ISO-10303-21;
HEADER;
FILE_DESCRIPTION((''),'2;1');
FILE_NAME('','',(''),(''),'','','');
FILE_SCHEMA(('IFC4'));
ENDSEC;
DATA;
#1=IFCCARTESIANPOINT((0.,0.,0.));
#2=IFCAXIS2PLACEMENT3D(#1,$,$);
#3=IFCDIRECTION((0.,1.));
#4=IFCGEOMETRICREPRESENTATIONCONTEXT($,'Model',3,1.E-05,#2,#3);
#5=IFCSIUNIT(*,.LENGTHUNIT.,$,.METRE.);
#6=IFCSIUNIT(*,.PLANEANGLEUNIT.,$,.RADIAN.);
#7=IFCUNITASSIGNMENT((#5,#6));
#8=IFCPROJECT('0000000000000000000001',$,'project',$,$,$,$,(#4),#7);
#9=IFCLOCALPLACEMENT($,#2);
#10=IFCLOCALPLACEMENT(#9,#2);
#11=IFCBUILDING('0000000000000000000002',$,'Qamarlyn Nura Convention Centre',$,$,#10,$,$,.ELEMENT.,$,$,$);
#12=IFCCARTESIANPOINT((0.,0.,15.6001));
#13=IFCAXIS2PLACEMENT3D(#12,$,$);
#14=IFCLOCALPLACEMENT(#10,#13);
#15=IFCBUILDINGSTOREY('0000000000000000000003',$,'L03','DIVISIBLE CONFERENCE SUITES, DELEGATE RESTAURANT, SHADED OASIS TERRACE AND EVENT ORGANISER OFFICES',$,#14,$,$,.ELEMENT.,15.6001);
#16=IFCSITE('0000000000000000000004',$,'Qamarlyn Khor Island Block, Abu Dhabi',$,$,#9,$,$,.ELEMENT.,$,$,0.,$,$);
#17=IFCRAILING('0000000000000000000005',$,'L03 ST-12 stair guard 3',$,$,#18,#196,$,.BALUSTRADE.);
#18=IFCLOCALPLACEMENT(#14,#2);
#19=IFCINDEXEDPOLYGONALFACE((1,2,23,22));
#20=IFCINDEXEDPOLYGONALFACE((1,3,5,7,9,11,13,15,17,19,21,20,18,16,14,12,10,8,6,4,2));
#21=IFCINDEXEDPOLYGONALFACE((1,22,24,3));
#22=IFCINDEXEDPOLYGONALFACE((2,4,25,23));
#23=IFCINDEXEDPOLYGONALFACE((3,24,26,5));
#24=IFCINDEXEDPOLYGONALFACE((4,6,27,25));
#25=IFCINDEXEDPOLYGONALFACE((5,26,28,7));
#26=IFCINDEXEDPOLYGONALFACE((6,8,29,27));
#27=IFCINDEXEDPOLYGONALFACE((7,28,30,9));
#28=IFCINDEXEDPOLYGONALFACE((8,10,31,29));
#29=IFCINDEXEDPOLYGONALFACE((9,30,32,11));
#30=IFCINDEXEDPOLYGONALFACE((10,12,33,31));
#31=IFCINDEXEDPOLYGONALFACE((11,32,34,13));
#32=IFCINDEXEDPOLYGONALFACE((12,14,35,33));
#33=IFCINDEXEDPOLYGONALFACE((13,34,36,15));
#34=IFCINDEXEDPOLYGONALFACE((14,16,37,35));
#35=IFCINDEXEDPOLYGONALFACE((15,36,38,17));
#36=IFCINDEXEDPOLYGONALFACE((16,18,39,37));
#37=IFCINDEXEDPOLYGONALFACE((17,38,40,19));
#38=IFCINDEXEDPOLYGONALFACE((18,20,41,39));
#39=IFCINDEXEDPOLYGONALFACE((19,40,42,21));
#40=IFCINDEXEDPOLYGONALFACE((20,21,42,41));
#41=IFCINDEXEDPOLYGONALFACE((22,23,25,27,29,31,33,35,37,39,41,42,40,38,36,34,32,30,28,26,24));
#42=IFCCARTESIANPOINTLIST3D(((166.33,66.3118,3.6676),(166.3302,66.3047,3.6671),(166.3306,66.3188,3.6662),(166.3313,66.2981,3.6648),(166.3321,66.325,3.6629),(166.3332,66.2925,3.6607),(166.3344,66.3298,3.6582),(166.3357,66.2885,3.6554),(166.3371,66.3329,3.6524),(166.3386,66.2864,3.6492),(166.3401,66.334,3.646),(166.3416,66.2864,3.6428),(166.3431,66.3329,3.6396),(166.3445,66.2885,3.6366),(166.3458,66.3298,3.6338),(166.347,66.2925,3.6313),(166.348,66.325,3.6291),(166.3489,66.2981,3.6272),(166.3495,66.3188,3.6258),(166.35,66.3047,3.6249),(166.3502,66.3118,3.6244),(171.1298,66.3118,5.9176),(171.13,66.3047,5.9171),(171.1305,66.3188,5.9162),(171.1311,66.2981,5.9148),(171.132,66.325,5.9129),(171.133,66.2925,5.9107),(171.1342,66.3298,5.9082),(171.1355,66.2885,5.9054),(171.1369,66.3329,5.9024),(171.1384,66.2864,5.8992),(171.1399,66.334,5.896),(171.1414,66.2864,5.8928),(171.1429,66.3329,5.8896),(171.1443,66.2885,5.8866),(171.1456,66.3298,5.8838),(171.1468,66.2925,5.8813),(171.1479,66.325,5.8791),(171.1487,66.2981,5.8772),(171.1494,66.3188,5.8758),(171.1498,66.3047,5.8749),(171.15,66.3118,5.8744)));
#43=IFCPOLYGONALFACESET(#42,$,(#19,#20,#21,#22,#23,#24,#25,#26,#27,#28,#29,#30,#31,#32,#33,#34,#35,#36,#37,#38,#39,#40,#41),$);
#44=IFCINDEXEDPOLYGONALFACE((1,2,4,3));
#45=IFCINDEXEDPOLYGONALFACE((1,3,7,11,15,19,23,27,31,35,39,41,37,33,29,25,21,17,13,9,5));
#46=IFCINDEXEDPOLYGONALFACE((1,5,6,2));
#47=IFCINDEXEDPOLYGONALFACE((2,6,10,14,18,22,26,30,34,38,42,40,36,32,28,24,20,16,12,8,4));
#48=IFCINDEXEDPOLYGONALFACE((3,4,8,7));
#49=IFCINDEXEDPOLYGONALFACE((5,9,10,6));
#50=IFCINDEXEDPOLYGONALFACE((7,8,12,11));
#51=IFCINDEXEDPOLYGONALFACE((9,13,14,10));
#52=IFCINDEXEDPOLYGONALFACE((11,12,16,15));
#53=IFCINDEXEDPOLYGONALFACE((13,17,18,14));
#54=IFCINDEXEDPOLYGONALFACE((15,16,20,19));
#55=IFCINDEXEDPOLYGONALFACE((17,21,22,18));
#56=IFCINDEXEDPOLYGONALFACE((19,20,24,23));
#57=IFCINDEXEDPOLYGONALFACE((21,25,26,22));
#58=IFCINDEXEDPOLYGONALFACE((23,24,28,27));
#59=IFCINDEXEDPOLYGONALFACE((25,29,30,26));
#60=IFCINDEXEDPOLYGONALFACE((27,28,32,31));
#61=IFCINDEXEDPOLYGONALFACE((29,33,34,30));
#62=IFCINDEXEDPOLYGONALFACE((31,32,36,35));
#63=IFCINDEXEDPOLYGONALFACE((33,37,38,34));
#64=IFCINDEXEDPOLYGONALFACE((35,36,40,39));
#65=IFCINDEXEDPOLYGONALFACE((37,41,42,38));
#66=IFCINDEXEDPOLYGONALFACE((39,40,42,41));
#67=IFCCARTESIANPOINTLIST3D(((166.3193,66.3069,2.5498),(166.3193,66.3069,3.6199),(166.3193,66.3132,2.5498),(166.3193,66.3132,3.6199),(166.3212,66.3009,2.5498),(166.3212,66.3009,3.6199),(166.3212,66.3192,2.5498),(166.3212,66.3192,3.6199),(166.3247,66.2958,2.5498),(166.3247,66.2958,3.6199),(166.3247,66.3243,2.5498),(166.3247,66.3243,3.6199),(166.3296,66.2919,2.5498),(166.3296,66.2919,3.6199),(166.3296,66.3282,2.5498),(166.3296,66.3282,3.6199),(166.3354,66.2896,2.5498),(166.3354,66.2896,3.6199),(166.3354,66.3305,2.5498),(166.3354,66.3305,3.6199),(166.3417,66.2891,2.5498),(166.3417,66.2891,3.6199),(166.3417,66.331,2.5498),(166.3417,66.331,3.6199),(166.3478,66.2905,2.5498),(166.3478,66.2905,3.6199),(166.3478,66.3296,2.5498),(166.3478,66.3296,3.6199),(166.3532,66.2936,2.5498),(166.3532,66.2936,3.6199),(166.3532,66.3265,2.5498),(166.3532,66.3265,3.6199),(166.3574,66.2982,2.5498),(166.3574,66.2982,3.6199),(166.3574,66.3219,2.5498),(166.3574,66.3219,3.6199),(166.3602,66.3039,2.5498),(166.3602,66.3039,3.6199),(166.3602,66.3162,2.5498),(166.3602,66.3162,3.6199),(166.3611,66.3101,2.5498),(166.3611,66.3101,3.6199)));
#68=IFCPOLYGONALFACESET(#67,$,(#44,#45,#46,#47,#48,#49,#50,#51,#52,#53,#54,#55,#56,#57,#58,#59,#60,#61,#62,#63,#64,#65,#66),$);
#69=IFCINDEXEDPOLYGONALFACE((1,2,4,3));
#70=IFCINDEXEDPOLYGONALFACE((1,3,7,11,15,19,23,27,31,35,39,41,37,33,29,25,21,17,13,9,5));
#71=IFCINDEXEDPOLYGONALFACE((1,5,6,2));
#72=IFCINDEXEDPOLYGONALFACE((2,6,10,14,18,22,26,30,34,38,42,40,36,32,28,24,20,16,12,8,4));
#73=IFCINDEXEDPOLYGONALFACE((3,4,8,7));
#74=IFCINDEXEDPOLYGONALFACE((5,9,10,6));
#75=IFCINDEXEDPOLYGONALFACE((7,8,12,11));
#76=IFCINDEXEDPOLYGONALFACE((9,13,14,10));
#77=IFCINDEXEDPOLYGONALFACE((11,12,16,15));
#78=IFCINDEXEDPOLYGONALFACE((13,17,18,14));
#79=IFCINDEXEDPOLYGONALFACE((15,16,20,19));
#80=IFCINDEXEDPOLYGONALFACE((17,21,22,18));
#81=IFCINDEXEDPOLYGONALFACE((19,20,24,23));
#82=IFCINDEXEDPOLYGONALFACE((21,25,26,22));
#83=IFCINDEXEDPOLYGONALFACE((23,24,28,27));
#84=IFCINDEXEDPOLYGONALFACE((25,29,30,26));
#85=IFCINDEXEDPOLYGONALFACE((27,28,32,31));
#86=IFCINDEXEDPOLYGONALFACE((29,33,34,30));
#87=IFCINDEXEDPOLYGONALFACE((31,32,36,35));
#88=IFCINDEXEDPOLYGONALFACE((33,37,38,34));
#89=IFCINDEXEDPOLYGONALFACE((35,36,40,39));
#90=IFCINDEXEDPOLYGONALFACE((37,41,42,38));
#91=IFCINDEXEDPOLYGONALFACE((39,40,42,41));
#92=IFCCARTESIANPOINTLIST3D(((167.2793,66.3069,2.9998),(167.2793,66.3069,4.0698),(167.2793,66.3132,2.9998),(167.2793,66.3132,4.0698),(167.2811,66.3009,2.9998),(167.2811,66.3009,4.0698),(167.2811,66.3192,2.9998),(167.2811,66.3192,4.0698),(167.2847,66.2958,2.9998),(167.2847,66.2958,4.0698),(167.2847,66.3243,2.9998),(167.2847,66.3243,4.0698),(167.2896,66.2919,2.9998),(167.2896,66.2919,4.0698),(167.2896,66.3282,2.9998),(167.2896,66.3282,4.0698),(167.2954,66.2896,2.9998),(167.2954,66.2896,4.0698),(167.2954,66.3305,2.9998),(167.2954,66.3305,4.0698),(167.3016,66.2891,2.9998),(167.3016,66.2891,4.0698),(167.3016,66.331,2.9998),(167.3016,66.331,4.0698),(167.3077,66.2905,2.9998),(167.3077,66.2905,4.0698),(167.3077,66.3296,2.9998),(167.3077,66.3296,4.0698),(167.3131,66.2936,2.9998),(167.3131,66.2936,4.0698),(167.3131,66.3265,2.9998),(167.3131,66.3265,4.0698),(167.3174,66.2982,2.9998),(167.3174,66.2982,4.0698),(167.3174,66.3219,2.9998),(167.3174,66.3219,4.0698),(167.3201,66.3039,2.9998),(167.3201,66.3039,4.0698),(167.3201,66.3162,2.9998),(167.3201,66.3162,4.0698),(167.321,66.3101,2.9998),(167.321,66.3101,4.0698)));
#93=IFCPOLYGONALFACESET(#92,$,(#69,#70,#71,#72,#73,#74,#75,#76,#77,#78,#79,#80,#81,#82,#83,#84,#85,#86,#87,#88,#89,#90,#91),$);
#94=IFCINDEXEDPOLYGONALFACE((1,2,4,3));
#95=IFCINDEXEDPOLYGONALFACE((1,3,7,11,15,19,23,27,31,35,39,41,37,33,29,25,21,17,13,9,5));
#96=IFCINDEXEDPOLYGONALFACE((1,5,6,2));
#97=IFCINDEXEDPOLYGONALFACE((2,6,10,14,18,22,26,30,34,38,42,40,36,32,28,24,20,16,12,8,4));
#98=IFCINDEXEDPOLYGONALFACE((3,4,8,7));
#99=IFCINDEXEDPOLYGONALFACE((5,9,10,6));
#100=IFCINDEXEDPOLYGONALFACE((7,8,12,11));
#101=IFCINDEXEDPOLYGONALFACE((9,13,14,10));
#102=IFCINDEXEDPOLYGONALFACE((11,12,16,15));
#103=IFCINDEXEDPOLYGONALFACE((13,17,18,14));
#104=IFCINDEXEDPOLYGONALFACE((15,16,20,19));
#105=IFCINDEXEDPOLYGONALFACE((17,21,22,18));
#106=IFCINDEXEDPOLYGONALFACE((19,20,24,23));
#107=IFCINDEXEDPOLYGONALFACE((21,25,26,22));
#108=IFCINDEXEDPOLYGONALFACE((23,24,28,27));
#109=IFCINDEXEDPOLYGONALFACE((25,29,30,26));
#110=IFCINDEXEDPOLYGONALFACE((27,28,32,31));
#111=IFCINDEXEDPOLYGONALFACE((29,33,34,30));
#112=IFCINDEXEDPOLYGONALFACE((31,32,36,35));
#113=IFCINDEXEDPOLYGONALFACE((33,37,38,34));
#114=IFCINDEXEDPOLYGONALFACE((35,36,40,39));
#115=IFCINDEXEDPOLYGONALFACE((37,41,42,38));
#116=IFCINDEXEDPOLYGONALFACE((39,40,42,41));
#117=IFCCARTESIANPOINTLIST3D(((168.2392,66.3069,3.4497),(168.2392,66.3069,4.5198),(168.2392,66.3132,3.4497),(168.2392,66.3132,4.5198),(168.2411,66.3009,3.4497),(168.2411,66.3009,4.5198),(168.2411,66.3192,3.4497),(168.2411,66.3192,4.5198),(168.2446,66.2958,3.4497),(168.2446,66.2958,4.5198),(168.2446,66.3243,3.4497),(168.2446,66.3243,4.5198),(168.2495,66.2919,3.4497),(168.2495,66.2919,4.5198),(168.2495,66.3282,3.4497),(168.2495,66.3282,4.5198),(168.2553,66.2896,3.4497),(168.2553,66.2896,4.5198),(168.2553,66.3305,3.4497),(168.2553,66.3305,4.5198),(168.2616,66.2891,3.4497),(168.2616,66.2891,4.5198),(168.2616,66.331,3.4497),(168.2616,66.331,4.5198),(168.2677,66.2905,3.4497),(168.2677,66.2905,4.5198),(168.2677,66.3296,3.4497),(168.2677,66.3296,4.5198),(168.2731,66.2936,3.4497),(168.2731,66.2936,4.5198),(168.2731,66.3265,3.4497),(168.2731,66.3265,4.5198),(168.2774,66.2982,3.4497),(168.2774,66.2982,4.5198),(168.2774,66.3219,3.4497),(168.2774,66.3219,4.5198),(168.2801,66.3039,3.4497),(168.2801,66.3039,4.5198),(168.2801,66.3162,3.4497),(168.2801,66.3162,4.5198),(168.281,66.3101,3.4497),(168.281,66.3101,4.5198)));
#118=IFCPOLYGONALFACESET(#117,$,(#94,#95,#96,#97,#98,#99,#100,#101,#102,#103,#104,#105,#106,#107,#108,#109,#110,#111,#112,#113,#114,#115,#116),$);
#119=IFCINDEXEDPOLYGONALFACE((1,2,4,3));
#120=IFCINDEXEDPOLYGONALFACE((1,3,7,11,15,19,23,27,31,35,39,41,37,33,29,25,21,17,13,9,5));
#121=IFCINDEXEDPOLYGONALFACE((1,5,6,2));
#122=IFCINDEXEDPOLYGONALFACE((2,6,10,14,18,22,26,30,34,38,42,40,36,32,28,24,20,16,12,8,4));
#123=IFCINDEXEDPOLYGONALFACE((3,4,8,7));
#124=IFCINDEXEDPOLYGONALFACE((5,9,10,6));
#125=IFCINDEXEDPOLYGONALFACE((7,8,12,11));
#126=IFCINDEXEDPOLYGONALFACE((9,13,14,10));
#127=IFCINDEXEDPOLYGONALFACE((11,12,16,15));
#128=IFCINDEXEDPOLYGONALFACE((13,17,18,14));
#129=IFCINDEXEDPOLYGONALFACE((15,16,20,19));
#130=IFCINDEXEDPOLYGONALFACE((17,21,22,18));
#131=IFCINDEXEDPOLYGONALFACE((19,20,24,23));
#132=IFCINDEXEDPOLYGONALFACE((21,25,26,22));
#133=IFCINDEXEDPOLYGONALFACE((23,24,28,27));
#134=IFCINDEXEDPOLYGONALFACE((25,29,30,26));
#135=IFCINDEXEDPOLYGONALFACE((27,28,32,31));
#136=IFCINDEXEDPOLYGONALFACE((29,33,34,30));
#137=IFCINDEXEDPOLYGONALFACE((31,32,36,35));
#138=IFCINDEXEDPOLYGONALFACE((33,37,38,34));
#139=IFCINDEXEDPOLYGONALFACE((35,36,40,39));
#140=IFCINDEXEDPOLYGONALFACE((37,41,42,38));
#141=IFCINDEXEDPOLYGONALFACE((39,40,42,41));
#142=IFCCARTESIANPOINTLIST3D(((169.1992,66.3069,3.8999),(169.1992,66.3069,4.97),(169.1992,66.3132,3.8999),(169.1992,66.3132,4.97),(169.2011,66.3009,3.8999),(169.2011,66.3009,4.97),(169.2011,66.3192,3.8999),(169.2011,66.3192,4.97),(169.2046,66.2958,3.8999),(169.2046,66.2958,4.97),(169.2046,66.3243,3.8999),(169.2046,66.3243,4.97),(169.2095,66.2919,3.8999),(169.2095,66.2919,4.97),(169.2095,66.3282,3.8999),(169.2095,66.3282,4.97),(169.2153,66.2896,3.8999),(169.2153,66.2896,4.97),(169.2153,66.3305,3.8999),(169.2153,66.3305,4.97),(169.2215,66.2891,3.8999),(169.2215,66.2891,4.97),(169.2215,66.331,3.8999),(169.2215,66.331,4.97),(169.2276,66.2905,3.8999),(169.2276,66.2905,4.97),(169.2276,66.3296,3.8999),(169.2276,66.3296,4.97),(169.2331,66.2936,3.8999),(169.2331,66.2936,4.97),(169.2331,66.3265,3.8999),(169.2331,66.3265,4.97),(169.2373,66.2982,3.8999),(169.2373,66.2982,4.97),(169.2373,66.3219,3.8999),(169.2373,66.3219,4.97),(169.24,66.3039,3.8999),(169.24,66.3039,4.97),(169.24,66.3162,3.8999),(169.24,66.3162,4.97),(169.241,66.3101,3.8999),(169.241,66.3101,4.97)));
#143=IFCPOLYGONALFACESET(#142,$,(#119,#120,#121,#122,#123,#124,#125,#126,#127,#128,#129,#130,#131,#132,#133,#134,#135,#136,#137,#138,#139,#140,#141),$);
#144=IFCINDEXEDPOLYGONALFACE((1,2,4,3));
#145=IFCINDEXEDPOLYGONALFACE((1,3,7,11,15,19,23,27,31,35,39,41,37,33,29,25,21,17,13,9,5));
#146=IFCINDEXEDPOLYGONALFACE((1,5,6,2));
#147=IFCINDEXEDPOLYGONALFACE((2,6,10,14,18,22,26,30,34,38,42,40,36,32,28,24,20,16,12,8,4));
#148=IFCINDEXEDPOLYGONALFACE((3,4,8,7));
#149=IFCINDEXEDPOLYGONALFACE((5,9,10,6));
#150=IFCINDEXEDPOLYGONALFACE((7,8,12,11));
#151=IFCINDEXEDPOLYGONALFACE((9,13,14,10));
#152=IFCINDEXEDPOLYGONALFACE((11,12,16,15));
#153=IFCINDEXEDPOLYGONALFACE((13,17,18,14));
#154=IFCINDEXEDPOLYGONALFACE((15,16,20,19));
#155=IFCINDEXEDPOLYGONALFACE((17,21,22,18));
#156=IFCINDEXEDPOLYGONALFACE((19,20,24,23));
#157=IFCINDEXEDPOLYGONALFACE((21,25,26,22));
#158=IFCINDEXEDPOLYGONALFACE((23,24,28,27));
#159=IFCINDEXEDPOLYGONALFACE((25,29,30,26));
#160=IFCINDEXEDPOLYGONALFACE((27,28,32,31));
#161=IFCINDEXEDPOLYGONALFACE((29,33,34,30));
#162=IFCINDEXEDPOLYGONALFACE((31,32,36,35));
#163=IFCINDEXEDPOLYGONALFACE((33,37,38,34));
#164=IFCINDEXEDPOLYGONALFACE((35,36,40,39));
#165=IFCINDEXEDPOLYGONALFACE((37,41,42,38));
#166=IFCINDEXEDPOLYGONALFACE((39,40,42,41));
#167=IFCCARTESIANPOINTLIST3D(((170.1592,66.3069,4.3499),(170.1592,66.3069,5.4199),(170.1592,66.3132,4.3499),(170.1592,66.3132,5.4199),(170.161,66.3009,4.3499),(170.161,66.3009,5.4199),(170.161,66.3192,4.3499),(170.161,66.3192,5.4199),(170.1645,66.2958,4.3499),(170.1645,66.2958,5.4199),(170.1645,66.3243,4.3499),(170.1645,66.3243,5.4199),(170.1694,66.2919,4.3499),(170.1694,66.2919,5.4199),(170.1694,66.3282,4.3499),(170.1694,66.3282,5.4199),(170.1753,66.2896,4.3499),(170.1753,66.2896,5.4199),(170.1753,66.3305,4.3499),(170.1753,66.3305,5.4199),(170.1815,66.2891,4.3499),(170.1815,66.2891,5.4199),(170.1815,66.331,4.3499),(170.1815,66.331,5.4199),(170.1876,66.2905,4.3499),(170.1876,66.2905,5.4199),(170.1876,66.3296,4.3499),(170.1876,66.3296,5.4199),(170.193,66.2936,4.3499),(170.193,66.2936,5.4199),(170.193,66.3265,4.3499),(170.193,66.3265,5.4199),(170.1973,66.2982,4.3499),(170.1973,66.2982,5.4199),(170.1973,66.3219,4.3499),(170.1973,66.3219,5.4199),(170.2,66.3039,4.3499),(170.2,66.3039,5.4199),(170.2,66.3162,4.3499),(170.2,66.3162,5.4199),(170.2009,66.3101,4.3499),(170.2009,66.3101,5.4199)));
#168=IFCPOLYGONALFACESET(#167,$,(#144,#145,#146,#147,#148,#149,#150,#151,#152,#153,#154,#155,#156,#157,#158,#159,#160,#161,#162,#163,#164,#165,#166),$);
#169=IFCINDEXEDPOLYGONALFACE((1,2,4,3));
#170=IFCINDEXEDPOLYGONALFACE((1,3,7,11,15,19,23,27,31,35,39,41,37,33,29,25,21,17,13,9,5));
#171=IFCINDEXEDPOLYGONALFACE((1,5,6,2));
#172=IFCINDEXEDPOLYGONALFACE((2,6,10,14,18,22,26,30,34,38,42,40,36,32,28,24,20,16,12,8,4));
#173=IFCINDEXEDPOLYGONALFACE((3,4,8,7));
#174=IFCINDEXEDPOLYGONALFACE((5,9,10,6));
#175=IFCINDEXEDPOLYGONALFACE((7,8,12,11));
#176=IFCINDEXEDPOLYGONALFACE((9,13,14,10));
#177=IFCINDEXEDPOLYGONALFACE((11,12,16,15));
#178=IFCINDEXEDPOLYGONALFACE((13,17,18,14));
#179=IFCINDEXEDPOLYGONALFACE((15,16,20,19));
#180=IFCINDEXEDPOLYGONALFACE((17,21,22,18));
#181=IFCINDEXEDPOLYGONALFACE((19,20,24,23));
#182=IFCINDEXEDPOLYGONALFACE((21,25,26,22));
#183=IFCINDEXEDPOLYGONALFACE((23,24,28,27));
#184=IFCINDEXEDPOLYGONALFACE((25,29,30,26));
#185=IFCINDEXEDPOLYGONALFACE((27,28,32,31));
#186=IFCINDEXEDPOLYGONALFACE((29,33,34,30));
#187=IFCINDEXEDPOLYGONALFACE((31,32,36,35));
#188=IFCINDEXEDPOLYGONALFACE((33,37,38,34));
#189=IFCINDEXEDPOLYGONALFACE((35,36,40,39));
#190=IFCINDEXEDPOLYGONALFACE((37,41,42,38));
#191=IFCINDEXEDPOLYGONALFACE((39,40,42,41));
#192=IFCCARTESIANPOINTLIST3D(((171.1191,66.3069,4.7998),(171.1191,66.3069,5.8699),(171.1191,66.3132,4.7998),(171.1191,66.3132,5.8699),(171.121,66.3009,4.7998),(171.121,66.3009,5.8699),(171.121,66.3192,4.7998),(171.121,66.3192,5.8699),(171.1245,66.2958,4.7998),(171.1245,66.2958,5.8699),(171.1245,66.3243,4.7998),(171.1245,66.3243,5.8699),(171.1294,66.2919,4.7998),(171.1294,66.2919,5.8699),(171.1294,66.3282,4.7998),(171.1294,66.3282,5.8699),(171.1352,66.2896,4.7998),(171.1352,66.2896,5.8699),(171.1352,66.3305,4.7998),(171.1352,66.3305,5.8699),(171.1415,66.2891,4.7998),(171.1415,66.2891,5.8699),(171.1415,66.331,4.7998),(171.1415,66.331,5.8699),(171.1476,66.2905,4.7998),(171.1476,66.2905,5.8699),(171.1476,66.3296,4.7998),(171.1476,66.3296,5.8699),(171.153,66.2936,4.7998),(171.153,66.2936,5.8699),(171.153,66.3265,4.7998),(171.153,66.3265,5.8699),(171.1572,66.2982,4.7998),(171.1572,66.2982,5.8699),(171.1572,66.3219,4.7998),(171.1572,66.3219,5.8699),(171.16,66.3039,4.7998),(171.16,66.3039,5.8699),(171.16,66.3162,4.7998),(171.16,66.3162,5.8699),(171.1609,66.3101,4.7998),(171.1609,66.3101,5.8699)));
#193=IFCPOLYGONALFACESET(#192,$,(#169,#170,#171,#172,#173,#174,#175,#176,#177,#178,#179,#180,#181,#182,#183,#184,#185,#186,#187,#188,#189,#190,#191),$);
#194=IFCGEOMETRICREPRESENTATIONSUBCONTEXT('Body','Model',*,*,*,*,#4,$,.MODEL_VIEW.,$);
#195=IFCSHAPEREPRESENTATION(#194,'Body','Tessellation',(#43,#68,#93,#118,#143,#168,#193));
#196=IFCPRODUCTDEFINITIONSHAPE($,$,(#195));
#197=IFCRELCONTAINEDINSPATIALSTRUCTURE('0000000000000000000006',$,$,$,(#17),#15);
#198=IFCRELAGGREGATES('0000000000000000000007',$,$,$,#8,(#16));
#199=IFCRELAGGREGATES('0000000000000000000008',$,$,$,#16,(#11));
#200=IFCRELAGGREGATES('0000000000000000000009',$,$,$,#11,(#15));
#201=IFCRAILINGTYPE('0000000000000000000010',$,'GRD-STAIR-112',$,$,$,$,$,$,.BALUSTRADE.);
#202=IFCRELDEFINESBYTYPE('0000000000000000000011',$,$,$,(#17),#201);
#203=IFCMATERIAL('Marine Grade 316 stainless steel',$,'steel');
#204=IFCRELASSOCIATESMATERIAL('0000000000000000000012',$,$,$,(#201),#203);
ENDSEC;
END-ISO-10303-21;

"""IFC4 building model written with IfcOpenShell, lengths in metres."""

from ifc_helpers import new_model, si_unit, direction, frame, origin, origin_2d, place, context, subcontext, project, spatial, circle, extrude, material, type_object, element, save


model = new_model("IFC4")

# Units and contexts
model_context = context("Model", 3, precision=1e-05, world=origin(), true_north=direction((0.0, 1.0)))
body_context = subcontext(model_context, "Body", "Model", "MODEL_VIEW")
ifc_project = project(units=[si_unit("LENGTHUNIT", "METRE"), si_unit("PLANEANGLEUNIT", "RADIAN")], contexts=[model_context])

# Site, building, storey
site_placement = place(None, origin())
site = spatial("IfcSite", under=ifc_project, at=site_placement, Name="Qamarlyn Khor Island Block, Abu Dhabi", CompositionType="ELEMENT", RefElevation=0.0)
building_placement = place(site_placement, origin())
building = spatial("IfcBuilding", under=site, at=building_placement, Name="Qamarlyn Nura Convention Centre", CompositionType="ELEMENT")
storey_placement = place(building_placement, frame((0.0, 0.0, 15.6001)))
storey = spatial("IfcBuildingStorey", under=building, at=storey_placement, Name="L03", Description="DIVISIBLE CONFERENCE SUITES, DELEGATE RESTAURANT, SHADED OASIS TERRACE AND EVENT ORGANISER OFFICES", CompositionType="ELEMENT", Elevation=15.6001)

# Railing
ifc_material_1 = material(Name="Marine Grade 316 stainless steel", Category="steel")
railing_type_1 = type_object("IfcRailingType", Name="GRD-STAIR-112", PredefinedType="BALUSTRADE", material=ifc_material_1)
railing_1_placement = place(storey_placement, frame((166.3401, 66.3101, 2.5498)))
element("IfcRailing", 1, at=railing_1_placement, inside=storey, type_object=railing_type_1, Name="L03 ST-12 stair guard 3", PredefinedType="BALUSTRADE", context=body_context, shape_type="SweptSolid", body=[
    extrude(circle(Radius=0.0239, at=origin_2d()), frame((0.0, 0.0, 1.0962), z_axis=(0.905452, 0.0, 0.424448), x_axis=(0.0, 1.0, 0.0)), (0.0, 0.0, 1.0), 5.301),
    extrude(circle(Radius=0.021, at=origin_2d()), origin(), (0.0, 0.0, 1.0), 1.0701),
    extrude(circle(Radius=0.021, at=origin_2d()), frame((0.96, 0.0, 0.45)), (0.0, 0.0, 1.0), 1.0701),
    extrude(circle(Radius=0.021, at=origin_2d()), frame((1.9199, 0.0, 0.8999)), (0.0, 0.0, 1.0), 1.0701),
    extrude(circle(Radius=0.021, at=origin_2d()), frame((2.8799, 0.0, 1.3501)), (0.0, 0.0, 1.0), 1.0701),
    extrude(circle(Radius=0.021, at=origin_2d()), frame((3.8398, 0.0, 1.8)), (0.0, 0.0, 1.0), 1.0701),
    extrude(circle(Radius=0.021, at=origin_2d()), frame((4.7998, 0.0, 2.25)), (0.0, 0.0, 1.0), 1.0701),
])

save(model, "model.ifc")
